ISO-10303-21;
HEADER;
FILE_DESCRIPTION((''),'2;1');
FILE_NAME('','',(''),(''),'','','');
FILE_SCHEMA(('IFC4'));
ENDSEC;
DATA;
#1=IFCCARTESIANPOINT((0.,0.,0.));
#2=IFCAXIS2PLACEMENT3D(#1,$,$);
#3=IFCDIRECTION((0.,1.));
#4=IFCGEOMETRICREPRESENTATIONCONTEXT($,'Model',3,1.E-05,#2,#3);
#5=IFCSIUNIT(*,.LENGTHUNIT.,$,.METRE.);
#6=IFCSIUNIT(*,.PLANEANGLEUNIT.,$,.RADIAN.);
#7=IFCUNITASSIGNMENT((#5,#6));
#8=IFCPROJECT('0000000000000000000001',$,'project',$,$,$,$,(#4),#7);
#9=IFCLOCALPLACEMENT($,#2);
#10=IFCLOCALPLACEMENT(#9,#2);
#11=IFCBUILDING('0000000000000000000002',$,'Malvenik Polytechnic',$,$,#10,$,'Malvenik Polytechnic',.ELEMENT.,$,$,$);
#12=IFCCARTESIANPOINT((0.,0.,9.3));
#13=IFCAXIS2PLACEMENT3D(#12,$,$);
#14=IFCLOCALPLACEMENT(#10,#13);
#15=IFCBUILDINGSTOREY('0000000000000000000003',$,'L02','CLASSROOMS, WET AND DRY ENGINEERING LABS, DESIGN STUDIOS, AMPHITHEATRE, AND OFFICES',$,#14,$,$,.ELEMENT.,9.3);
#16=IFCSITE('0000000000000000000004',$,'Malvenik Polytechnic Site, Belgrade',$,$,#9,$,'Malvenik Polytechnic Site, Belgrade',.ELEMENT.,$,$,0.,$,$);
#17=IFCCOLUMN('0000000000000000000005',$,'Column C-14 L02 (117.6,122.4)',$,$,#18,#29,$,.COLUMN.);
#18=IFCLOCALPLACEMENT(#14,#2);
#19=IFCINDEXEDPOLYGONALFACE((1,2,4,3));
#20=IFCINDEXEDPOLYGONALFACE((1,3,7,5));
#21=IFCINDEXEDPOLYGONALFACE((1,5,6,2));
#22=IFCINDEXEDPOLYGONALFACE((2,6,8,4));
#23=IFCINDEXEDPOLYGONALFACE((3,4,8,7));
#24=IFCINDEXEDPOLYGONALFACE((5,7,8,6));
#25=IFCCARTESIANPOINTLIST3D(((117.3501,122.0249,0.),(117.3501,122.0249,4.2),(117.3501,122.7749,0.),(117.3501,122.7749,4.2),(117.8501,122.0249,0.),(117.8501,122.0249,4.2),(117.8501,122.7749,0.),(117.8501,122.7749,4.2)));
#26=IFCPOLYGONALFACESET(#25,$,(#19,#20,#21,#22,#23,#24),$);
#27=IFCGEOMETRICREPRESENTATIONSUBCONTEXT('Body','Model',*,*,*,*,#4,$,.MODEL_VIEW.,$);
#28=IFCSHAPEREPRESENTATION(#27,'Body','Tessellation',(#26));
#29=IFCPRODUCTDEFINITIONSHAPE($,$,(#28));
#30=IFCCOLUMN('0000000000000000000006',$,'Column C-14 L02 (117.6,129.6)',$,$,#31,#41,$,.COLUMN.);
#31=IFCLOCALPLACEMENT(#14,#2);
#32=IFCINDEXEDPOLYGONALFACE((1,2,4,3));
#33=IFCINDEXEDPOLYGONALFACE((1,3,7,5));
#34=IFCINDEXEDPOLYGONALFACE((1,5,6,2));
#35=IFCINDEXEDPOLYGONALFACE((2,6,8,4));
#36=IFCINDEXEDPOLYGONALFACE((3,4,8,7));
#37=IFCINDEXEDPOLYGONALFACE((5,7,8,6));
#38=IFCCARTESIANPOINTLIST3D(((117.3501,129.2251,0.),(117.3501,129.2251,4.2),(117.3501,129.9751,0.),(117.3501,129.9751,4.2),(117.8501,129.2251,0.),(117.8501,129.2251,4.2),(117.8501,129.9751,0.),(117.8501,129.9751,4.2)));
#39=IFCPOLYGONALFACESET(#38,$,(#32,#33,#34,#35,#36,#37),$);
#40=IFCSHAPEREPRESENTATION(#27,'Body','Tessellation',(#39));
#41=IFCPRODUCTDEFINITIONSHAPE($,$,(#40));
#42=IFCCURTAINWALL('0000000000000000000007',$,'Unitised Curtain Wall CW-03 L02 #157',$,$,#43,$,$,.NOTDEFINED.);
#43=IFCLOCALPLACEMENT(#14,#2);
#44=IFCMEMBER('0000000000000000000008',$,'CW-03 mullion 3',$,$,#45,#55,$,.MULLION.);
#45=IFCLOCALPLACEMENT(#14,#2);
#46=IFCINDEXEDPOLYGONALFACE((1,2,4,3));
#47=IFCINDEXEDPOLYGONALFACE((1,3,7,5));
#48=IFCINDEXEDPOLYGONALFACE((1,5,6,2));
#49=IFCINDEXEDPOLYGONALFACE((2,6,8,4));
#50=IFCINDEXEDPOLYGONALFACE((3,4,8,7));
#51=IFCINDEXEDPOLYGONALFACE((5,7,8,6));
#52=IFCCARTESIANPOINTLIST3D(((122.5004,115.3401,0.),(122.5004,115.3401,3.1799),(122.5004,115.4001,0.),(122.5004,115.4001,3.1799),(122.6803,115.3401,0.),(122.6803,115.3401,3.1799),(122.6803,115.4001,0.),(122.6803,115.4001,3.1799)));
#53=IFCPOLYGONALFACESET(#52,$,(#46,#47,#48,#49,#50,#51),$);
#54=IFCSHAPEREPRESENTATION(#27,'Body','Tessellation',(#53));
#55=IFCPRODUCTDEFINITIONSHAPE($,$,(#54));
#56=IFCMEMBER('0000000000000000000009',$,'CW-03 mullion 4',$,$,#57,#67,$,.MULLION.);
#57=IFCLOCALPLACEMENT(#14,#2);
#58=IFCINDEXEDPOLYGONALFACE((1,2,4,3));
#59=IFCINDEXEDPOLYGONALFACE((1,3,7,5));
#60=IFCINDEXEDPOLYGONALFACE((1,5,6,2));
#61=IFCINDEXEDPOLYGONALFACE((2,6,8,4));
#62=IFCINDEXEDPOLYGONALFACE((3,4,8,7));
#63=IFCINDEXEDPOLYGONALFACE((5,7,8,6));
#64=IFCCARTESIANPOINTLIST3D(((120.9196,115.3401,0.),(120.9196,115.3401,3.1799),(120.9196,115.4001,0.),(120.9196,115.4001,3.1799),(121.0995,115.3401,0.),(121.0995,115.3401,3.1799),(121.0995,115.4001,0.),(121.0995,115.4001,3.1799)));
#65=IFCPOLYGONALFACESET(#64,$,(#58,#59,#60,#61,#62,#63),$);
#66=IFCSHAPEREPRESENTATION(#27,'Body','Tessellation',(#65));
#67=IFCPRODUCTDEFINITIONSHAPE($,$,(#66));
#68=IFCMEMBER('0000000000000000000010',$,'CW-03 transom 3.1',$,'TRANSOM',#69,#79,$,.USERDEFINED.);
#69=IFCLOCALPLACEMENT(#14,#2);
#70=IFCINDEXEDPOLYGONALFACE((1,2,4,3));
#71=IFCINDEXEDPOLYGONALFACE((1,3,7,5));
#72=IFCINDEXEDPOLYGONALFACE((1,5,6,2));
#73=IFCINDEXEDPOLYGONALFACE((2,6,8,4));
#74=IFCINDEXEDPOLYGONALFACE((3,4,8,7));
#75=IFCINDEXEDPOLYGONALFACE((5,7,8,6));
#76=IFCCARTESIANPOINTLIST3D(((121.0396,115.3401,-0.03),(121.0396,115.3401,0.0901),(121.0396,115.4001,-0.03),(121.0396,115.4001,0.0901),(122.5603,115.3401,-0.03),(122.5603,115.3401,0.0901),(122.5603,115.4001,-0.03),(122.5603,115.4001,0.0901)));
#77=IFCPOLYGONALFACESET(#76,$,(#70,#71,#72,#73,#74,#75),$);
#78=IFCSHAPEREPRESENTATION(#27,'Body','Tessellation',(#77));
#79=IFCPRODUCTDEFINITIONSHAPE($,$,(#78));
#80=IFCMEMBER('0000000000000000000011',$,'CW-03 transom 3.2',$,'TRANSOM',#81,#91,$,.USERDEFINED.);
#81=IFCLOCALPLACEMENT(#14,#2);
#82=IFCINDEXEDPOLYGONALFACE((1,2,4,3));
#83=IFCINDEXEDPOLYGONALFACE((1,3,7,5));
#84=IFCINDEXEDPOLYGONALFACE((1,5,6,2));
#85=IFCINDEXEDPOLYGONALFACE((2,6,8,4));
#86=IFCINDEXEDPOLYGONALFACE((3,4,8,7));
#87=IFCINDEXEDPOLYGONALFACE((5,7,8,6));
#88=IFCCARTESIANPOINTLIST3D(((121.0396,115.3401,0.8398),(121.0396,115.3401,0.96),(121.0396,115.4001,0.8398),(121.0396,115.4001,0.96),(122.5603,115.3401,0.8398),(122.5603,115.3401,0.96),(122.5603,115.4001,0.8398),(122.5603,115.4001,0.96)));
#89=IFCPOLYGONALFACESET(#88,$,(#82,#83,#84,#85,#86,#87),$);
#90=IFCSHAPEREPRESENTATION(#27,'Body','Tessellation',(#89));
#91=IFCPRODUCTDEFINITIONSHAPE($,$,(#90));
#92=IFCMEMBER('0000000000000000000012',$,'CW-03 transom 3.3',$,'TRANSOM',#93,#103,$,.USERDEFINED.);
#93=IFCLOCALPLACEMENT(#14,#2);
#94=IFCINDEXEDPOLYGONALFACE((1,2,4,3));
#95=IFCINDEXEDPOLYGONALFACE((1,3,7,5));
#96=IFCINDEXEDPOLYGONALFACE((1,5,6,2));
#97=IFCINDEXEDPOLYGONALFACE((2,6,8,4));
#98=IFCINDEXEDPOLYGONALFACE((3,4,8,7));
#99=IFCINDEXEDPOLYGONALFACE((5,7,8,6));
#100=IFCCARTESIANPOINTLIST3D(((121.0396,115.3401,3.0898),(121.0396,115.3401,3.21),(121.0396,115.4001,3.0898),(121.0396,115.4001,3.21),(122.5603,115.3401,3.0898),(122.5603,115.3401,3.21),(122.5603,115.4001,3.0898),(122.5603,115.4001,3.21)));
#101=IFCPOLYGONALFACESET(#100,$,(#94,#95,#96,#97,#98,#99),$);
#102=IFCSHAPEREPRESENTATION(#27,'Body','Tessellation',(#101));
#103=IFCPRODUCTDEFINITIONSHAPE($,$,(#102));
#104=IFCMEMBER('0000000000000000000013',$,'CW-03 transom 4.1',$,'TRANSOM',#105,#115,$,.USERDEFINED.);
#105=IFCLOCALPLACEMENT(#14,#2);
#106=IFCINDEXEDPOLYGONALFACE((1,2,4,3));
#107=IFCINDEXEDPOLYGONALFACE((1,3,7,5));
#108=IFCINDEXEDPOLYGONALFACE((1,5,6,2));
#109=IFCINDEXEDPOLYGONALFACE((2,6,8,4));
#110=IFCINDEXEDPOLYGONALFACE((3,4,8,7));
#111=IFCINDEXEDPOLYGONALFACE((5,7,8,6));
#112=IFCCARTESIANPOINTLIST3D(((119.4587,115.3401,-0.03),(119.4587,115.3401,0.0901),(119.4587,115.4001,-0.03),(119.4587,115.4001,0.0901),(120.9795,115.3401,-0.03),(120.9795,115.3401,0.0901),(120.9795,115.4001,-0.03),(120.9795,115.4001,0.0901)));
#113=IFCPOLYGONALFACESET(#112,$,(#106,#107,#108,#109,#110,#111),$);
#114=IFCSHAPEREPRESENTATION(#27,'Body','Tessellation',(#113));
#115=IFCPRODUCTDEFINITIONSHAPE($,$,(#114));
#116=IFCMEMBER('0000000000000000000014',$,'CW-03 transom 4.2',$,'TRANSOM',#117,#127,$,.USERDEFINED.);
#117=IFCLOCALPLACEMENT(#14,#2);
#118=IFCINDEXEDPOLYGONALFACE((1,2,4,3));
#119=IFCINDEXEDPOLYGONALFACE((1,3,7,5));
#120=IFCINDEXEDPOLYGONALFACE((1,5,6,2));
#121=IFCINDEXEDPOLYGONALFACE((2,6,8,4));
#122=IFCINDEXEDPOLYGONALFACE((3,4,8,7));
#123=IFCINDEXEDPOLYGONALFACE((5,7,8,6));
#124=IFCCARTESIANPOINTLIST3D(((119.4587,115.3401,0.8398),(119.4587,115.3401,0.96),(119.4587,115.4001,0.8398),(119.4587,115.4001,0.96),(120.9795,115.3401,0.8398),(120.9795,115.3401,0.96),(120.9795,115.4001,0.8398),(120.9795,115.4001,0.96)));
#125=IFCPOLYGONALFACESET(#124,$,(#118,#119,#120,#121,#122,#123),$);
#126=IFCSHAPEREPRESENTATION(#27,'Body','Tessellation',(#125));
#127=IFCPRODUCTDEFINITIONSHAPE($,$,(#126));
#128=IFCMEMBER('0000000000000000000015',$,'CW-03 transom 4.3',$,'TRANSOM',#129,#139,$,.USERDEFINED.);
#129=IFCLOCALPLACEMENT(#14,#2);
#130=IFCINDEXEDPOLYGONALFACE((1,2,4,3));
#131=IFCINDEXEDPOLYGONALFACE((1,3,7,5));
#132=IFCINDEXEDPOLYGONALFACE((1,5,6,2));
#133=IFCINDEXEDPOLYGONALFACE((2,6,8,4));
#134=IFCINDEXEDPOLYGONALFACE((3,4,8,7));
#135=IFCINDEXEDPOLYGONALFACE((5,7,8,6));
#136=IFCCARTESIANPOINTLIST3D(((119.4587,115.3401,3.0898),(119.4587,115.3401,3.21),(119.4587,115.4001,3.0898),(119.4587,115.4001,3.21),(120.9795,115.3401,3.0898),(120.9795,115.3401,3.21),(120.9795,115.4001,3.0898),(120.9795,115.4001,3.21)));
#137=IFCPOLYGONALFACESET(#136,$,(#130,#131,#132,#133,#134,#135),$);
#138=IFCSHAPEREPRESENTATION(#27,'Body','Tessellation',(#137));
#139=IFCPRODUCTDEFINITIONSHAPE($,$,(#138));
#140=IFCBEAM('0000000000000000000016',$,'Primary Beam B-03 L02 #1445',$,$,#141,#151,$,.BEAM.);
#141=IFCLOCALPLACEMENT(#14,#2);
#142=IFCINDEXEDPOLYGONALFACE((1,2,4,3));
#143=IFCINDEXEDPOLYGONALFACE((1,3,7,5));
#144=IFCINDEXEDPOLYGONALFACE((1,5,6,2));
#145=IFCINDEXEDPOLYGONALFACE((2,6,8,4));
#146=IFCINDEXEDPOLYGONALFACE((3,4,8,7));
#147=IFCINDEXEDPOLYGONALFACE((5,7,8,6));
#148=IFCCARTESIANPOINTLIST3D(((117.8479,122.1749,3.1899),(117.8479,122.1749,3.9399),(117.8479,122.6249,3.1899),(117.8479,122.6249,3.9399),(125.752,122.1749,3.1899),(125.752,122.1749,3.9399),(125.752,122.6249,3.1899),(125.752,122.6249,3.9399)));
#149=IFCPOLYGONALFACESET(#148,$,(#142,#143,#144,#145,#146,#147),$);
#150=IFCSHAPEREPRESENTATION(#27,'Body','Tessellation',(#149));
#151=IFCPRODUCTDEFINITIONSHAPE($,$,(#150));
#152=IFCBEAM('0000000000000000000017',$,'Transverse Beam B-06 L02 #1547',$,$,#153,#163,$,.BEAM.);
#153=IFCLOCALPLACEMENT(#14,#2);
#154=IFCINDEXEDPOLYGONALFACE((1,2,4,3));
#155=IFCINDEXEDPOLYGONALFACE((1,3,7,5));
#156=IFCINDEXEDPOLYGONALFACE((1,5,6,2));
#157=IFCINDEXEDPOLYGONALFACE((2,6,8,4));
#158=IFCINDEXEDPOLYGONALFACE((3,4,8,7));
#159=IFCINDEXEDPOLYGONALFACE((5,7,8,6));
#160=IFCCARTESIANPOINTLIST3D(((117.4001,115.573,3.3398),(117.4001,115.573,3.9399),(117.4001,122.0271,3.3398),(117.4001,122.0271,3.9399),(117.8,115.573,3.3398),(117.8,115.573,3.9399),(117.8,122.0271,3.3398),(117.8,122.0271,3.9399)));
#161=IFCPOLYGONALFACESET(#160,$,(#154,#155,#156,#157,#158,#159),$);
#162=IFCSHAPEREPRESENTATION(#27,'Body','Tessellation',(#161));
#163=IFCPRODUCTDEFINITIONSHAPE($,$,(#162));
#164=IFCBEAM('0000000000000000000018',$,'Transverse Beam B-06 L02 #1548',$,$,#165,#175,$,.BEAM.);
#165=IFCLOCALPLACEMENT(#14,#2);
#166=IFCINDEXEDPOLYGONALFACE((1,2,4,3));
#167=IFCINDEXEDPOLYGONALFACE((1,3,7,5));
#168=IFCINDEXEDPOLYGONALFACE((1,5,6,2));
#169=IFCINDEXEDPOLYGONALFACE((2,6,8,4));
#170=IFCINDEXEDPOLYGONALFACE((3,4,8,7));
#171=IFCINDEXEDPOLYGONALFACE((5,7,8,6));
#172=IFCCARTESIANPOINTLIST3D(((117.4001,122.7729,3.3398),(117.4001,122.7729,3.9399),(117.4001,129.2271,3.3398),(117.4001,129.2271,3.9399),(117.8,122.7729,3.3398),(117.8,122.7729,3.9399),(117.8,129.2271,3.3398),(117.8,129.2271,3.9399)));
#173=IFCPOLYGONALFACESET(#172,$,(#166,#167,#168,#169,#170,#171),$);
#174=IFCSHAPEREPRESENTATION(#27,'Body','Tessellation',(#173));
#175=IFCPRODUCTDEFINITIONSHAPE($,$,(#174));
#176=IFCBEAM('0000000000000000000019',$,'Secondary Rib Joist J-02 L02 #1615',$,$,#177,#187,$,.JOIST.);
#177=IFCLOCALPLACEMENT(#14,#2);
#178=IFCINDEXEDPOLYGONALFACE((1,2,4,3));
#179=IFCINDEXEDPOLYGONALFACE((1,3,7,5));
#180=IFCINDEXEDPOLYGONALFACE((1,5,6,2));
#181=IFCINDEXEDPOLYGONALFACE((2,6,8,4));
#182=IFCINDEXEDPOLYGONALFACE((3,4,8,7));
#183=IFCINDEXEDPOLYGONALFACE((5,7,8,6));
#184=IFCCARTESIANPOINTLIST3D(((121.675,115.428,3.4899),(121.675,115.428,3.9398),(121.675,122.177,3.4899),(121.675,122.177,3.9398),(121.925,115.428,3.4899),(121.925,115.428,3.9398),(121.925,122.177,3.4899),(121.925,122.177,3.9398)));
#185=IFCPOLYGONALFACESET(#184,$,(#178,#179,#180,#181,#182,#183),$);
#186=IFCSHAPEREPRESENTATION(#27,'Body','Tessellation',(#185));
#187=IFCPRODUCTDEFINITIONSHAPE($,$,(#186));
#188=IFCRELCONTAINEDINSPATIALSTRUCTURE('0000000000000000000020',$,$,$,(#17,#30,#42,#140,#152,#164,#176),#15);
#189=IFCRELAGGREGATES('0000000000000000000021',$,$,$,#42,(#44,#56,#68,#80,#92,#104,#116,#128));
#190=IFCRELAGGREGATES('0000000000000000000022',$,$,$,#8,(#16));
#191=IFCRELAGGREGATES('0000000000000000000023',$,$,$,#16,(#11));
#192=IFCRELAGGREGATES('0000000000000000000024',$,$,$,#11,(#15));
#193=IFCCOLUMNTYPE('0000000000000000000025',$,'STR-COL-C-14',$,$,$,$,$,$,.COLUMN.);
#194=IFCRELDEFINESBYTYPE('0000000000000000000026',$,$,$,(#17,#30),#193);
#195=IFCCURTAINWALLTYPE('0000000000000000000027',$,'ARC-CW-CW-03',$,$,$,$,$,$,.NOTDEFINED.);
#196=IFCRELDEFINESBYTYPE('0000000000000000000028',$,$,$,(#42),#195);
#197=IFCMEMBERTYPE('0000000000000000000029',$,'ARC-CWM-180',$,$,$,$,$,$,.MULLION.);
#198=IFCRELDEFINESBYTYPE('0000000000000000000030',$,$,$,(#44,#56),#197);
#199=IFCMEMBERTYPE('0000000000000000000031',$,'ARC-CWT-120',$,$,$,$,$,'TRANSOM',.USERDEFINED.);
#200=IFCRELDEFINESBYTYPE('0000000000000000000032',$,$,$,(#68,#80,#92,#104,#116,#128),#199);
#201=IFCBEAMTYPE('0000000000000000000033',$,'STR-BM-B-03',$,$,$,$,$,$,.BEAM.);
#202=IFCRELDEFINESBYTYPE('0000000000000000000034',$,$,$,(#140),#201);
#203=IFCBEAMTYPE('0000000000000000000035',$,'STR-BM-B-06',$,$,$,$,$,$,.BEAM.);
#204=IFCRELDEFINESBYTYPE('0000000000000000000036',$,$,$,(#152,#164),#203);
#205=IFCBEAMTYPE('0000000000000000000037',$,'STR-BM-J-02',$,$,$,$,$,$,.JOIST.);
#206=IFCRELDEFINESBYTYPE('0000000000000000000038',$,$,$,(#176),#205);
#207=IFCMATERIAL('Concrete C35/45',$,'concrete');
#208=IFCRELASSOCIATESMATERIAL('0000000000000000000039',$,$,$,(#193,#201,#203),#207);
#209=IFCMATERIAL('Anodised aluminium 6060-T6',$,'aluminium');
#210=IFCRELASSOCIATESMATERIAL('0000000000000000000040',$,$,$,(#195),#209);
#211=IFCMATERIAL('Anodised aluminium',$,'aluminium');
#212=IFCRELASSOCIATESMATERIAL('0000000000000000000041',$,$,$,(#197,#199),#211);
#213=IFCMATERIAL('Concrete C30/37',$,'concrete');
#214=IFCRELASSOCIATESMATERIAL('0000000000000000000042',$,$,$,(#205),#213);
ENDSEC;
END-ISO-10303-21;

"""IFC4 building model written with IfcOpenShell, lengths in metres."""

from ifc_helpers import new_model, si_unit, direction, frame, origin, origin_2d, place, context, subcontext, project, spatial, rectangle, extrude, material, material_profile, profile_set, type_object, element, aggregate, save


model = new_model("IFC4")

# Units and contexts
model_context = context("Model", 3, precision=1e-05, world=origin(), true_north=direction((0.0, 1.0)))
body_context = subcontext(model_context, "Body", "Model", "MODEL_VIEW")
ifc_project = project(units=[si_unit("LENGTHUNIT", "METRE"), si_unit("PLANEANGLEUNIT", "RADIAN")], contexts=[model_context])

# Site, building, storey
site_placement = place(None, origin())
site = spatial("IfcSite", under=ifc_project, at=site_placement, Name="Malvenik Polytechnic Site, Belgrade", LongName="Malvenik Polytechnic Site, Belgrade", CompositionType="ELEMENT", RefElevation=0.0)
building_placement = place(site_placement, origin())
building = spatial("IfcBuilding", under=site, at=building_placement, Name="Malvenik Polytechnic", LongName="Malvenik Polytechnic", CompositionType="ELEMENT")
storey_placement = place(building_placement, frame((0.0, 0.0, 9.3)))
storey = spatial("IfcBuildingStorey", under=building, at=storey_placement, Name="L02", Description="CLASSROOMS, WET AND DRY ENGINEERING LABS, DESIGN STUDIOS, AMPHITHEATRE, AND OFFICES", CompositionType="ELEMENT", Elevation=9.3)

# Columns
ifc_material_1 = material(Name="Concrete C35/45", Category="concrete")
ifc_material_profile_1 = material_profile(ifc_material_1, rectangle(XDim=0.5, YDim=0.75, at=origin_2d()), Name="RC COL 750x500")
ifc_profile_set_1 = profile_set([ifc_material_profile_1], Name="Concrete C35/45")
column_type = type_object("IfcColumnType", Name="STR-COL-C-14", PredefinedType="COLUMN", material=ifc_profile_set_1)
for number, where, z_axis, x_axis, name in (
    (1, (117.6001, 122.3999, 0.0), (0.0, 0.0, 1.0), (1.0, 0.0, 0.0), "Column C-14 L02 (117.6,122.4)"),
    (2, (117.6001, 129.6001, 0.0), (0.0, 0.0, 1.0), (1.0, 0.0, 0.0), "Column C-14 L02 (117.6,129.6)"),
):
    element("IfcColumn", number, at=place(storey_placement, frame(where, z_axis=z_axis, x_axis=x_axis)), inside=storey, type_object=column_type, Name=name, PredefinedType="COLUMN", context=body_context, shape_type="SweptSolid", body=[
        extrude(rectangle(XDim=0.5, YDim=0.75, at=origin_2d()), origin(), (0.0, 0.0, 1.0), 4.2),
    ])

# Curtain wall, members
ifc_material_2 = material(Name="Anodised aluminium 6060-T6", Category="aluminium")
curtain_wall_type = type_object("IfcCurtainWallType", Name="ARC-CW-CW-03", PredefinedType="NOTDEFINED", material=ifc_material_2)
curtain_wall_placement = place(storey_placement, origin())
curtain_wall = element("IfcCurtainWall", 3, at=curtain_wall_placement, inside=storey, type_object=curtain_wall_type, Name="Unitised Curtain Wall CW-03 L02 #157", PredefinedType="NOTDEFINED")
ifc_material_3 = material(Name="Anodised aluminium", Category="aluminium")
ifc_material_profile_2 = material_profile(ifc_material_3, rectangle(XDim=0.0601, YDim=0.1799, at=origin_2d()), Name="ALU MULLION 60x180")
ifc_profile_set_2 = profile_set([ifc_material_profile_2], Name="Anodised aluminium")
member_type_1 = type_object("IfcMemberType", Name="ARC-CWM-180", PredefinedType="MULLION", material=ifc_profile_set_2)
member_1_placement = place(storey_placement, frame((122.5903, 115.3701, 0.0), z_axis=(0.0, 0.0, 1.0), x_axis=(0.0, -1.0, 0.0)))
member_1 = element("IfcMember", 4, at=member_1_placement, type_object=member_type_1, Name="CW-03 mullion 3", PredefinedType="MULLION", context=body_context, shape_type="SweptSolid", body=[
    extrude(rectangle(XDim=0.0601, YDim=0.1799, at=origin_2d()), origin(), (0.0, 0.0, 1.0), 3.1799),
])
member_2_placement = place(storey_placement, frame((121.0095, 115.3701, 0.0), z_axis=(0.0, 0.0, 1.0), x_axis=(0.0, -1.0, 0.0)))
member_2 = element("IfcMember", 5, at=member_2_placement, type_object=member_type_1, Name="CW-03 mullion 4", PredefinedType="MULLION", context=body_context, shape_type="SweptSolid", body=[
    extrude(rectangle(XDim=0.0601, YDim=0.1799, at=origin_2d()), origin(), (0.0, 0.0, 1.0), 3.1799),
])
ifc_material_profile_3 = material_profile(ifc_material_3, rectangle(XDim=0.0601, YDim=0.1201, at=origin_2d()), Name="ALU TRANSOM 60x120")
ifc_profile_set_3 = profile_set([ifc_material_profile_3], Name="Anodised aluminium")
member_type_2 = type_object("IfcMemberType", Name="ARC-CWT-120", ElementType="TRANSOM", PredefinedType="USERDEFINED", material=ifc_profile_set_3)
member_3_placement = place(storey_placement, frame((122.5603, 115.3701, 0.03), z_axis=(-1.0, 0.0, 0.0), x_axis=(0.0, -1.0, 0.0)))
member_3 = element("IfcMember", 6, at=member_3_placement, type_object=member_type_2, Name="CW-03 transom 3.1", ObjectType="TRANSOM", PredefinedType="USERDEFINED", context=body_context, shape_type="SweptSolid", body=[
    extrude(rectangle(XDim=0.0601, YDim=0.1201, at=origin_2d()), origin(), (0.0, 0.0, 1.0), 1.5208),
])
member_4_placement = place(storey_placement, frame((122.5603, 115.3701, 0.8999), z_axis=(-1.0, 0.0, 0.0), x_axis=(0.0, -1.0, 0.0)))
member_4 = element("IfcMember", 7, at=member_4_placement, type_object=member_type_2, Name="CW-03 transom 3.2", ObjectType="TRANSOM", PredefinedType="USERDEFINED", context=body_context, shape_type="SweptSolid", body=[
    extrude(rectangle(XDim=0.0601, YDim=0.1201, at=origin_2d()), origin(), (0.0, 0.0, 1.0), 1.5208),
])
member_5_placement = place(storey_placement, frame((122.5603, 115.3701, 3.1499), z_axis=(-1.0, 0.0, 0.0), x_axis=(0.0, -1.0, 0.0)))
member_5 = element("IfcMember", 8, at=member_5_placement, type_object=member_type_2, Name="CW-03 transom 3.3", ObjectType="TRANSOM", PredefinedType="USERDEFINED", context=body_context, shape_type="SweptSolid", body=[
    extrude(rectangle(XDim=0.0601, YDim=0.1201, at=origin_2d()), origin(), (0.0, 0.0, 1.0), 1.5208),
])
member_6_placement = place(storey_placement, frame((120.9795, 115.3701, 0.03), z_axis=(-1.0, 0.0, 0.0), x_axis=(0.0, -1.0, 0.0)))
member_6 = element("IfcMember", 9, at=member_6_placement, type_object=member_type_2, Name="CW-03 transom 4.1", ObjectType="TRANSOM", PredefinedType="USERDEFINED", context=body_context, shape_type="SweptSolid", body=[
    extrude(rectangle(XDim=0.0601, YDim=0.1201, at=origin_2d()), origin(), (0.0, 0.0, 1.0), 1.5208),
])
member_7_placement = place(storey_placement, frame((120.9795, 115.3701, 0.8999), z_axis=(-1.0, 0.0, 0.0), x_axis=(0.0, -1.0, 0.0)))
member_7 = element("IfcMember", 10, at=member_7_placement, type_object=member_type_2, Name="CW-03 transom 4.2", ObjectType="TRANSOM", PredefinedType="USERDEFINED", context=body_context, shape_type="SweptSolid", body=[
    extrude(rectangle(XDim=0.0601, YDim=0.1201, at=origin_2d()), origin(), (0.0, 0.0, 1.0), 1.5208),
])
member_8_placement = place(storey_placement, frame((120.9795, 115.3701, 3.1499), z_axis=(-1.0, 0.0, 0.0), x_axis=(0.0, -1.0, 0.0)))
member_8 = element("IfcMember", 11, at=member_8_placement, type_object=member_type_2, Name="CW-03 transom 4.3", ObjectType="TRANSOM", PredefinedType="USERDEFINED", context=body_context, shape_type="SweptSolid", body=[
    extrude(rectangle(XDim=0.0601, YDim=0.1201, at=origin_2d()), origin(), (0.0, 0.0, 1.0), 1.5208),
])

# Beams
ifc_material_profile_4 = material_profile(ifc_material_1, rectangle(XDim=0.45, YDim=0.75, at=origin_2d()), Name="RC BM 450x750")
ifc_profile_set_4 = profile_set([ifc_material_profile_4], Name="Concrete C35/45")
beam_type_1 = type_object("IfcBeamType", Name="STR-BM-B-03", PredefinedType="BEAM", material=ifc_profile_set_4)
beam_1_placement = place(storey_placement, frame((117.8479, 122.3999, 3.5649), z_axis=(1.0, 0.0, 0.0), x_axis=(0.0, 1.0, 0.0)))
element("IfcBeam", 12, at=beam_1_placement, inside=storey, type_object=beam_type_1, Name="Primary Beam B-03 L02 #1445", PredefinedType="BEAM", context=body_context, shape_type="SweptSolid", body=[
    extrude(rectangle(XDim=0.45, YDim=0.75, at=origin_2d()), origin(), (0.0, 0.0, 1.0), 7.9041),
])
ifc_material_profile_5 = material_profile(ifc_material_1, rectangle(XDim=0.3999, YDim=0.6001, at=origin_2d()), Name="RC BM 400x600")
ifc_profile_set_5 = profile_set([ifc_material_profile_5], Name="Concrete C35/45")
beam_type_2 = type_object("IfcBeamType", Name="STR-BM-B-06", PredefinedType="BEAM", material=ifc_profile_set_5)
for number, where, z_axis, x_axis, name in (
    (13, (117.6001, 115.573, 3.6399), (0.0, 1.0, 0.0), (-1.0, 0.0, 0.0), "Transverse Beam B-06 L02 #1547"),
    (14, (117.6001, 122.7729, 3.6399), (0.0, 1.0, 0.0), (-1.0, 0.0, 0.0), "Transverse Beam B-06 L02 #1548"),
):
    element("IfcBeam", number, at=place(storey_placement, frame(where, z_axis=z_axis, x_axis=x_axis)), inside=storey, type_object=beam_type_2, Name=name, PredefinedType="BEAM", context=body_context, shape_type="SweptSolid", body=[
        extrude(rectangle(XDim=0.3999, YDim=0.6001, at=origin_2d()), origin(), (0.0, 0.0, 1.0), 6.4541),
    ])
ifc_material_4 = material(Name="Concrete C30/37", Category="concrete")
ifc_material_profile_6 = material_profile(ifc_material_4, rectangle(XDim=0.25, YDim=0.45, at=origin_2d()), Name="RC JST 250x450")
ifc_profile_set_6 = profile_set([ifc_material_profile_6], Name="Concrete C30/37")
beam_type_3 = type_object("IfcBeamType", Name="STR-BM-J-02", PredefinedType="JOIST", material=ifc_profile_set_6)
for number, where, z_axis, x_axis, name in (
    (15, (121.8, 115.428, 3.7148), (0.0, 1.0, 0.0), (-1.0, 0.0, 0.0), "Secondary Rib Joist J-02 L02 #1615"),
):
    element("IfcBeam", number, at=place(storey_placement, frame(where, z_axis=z_axis, x_axis=x_axis)), inside=storey, type_object=beam_type_3, Name=name, PredefinedType="JOIST", context=body_context, shape_type="SweptSolid", body=[
        extrude(rectangle(XDim=0.25, YDim=0.45, at=origin_2d()), origin(), (0.0, 0.0, 1.0), 6.749),
    ])

aggregate(curtain_wall, [member_1, member_2, member_3, member_4, member_5, member_6, member_7, member_8])

save(model, "model.ifc")
